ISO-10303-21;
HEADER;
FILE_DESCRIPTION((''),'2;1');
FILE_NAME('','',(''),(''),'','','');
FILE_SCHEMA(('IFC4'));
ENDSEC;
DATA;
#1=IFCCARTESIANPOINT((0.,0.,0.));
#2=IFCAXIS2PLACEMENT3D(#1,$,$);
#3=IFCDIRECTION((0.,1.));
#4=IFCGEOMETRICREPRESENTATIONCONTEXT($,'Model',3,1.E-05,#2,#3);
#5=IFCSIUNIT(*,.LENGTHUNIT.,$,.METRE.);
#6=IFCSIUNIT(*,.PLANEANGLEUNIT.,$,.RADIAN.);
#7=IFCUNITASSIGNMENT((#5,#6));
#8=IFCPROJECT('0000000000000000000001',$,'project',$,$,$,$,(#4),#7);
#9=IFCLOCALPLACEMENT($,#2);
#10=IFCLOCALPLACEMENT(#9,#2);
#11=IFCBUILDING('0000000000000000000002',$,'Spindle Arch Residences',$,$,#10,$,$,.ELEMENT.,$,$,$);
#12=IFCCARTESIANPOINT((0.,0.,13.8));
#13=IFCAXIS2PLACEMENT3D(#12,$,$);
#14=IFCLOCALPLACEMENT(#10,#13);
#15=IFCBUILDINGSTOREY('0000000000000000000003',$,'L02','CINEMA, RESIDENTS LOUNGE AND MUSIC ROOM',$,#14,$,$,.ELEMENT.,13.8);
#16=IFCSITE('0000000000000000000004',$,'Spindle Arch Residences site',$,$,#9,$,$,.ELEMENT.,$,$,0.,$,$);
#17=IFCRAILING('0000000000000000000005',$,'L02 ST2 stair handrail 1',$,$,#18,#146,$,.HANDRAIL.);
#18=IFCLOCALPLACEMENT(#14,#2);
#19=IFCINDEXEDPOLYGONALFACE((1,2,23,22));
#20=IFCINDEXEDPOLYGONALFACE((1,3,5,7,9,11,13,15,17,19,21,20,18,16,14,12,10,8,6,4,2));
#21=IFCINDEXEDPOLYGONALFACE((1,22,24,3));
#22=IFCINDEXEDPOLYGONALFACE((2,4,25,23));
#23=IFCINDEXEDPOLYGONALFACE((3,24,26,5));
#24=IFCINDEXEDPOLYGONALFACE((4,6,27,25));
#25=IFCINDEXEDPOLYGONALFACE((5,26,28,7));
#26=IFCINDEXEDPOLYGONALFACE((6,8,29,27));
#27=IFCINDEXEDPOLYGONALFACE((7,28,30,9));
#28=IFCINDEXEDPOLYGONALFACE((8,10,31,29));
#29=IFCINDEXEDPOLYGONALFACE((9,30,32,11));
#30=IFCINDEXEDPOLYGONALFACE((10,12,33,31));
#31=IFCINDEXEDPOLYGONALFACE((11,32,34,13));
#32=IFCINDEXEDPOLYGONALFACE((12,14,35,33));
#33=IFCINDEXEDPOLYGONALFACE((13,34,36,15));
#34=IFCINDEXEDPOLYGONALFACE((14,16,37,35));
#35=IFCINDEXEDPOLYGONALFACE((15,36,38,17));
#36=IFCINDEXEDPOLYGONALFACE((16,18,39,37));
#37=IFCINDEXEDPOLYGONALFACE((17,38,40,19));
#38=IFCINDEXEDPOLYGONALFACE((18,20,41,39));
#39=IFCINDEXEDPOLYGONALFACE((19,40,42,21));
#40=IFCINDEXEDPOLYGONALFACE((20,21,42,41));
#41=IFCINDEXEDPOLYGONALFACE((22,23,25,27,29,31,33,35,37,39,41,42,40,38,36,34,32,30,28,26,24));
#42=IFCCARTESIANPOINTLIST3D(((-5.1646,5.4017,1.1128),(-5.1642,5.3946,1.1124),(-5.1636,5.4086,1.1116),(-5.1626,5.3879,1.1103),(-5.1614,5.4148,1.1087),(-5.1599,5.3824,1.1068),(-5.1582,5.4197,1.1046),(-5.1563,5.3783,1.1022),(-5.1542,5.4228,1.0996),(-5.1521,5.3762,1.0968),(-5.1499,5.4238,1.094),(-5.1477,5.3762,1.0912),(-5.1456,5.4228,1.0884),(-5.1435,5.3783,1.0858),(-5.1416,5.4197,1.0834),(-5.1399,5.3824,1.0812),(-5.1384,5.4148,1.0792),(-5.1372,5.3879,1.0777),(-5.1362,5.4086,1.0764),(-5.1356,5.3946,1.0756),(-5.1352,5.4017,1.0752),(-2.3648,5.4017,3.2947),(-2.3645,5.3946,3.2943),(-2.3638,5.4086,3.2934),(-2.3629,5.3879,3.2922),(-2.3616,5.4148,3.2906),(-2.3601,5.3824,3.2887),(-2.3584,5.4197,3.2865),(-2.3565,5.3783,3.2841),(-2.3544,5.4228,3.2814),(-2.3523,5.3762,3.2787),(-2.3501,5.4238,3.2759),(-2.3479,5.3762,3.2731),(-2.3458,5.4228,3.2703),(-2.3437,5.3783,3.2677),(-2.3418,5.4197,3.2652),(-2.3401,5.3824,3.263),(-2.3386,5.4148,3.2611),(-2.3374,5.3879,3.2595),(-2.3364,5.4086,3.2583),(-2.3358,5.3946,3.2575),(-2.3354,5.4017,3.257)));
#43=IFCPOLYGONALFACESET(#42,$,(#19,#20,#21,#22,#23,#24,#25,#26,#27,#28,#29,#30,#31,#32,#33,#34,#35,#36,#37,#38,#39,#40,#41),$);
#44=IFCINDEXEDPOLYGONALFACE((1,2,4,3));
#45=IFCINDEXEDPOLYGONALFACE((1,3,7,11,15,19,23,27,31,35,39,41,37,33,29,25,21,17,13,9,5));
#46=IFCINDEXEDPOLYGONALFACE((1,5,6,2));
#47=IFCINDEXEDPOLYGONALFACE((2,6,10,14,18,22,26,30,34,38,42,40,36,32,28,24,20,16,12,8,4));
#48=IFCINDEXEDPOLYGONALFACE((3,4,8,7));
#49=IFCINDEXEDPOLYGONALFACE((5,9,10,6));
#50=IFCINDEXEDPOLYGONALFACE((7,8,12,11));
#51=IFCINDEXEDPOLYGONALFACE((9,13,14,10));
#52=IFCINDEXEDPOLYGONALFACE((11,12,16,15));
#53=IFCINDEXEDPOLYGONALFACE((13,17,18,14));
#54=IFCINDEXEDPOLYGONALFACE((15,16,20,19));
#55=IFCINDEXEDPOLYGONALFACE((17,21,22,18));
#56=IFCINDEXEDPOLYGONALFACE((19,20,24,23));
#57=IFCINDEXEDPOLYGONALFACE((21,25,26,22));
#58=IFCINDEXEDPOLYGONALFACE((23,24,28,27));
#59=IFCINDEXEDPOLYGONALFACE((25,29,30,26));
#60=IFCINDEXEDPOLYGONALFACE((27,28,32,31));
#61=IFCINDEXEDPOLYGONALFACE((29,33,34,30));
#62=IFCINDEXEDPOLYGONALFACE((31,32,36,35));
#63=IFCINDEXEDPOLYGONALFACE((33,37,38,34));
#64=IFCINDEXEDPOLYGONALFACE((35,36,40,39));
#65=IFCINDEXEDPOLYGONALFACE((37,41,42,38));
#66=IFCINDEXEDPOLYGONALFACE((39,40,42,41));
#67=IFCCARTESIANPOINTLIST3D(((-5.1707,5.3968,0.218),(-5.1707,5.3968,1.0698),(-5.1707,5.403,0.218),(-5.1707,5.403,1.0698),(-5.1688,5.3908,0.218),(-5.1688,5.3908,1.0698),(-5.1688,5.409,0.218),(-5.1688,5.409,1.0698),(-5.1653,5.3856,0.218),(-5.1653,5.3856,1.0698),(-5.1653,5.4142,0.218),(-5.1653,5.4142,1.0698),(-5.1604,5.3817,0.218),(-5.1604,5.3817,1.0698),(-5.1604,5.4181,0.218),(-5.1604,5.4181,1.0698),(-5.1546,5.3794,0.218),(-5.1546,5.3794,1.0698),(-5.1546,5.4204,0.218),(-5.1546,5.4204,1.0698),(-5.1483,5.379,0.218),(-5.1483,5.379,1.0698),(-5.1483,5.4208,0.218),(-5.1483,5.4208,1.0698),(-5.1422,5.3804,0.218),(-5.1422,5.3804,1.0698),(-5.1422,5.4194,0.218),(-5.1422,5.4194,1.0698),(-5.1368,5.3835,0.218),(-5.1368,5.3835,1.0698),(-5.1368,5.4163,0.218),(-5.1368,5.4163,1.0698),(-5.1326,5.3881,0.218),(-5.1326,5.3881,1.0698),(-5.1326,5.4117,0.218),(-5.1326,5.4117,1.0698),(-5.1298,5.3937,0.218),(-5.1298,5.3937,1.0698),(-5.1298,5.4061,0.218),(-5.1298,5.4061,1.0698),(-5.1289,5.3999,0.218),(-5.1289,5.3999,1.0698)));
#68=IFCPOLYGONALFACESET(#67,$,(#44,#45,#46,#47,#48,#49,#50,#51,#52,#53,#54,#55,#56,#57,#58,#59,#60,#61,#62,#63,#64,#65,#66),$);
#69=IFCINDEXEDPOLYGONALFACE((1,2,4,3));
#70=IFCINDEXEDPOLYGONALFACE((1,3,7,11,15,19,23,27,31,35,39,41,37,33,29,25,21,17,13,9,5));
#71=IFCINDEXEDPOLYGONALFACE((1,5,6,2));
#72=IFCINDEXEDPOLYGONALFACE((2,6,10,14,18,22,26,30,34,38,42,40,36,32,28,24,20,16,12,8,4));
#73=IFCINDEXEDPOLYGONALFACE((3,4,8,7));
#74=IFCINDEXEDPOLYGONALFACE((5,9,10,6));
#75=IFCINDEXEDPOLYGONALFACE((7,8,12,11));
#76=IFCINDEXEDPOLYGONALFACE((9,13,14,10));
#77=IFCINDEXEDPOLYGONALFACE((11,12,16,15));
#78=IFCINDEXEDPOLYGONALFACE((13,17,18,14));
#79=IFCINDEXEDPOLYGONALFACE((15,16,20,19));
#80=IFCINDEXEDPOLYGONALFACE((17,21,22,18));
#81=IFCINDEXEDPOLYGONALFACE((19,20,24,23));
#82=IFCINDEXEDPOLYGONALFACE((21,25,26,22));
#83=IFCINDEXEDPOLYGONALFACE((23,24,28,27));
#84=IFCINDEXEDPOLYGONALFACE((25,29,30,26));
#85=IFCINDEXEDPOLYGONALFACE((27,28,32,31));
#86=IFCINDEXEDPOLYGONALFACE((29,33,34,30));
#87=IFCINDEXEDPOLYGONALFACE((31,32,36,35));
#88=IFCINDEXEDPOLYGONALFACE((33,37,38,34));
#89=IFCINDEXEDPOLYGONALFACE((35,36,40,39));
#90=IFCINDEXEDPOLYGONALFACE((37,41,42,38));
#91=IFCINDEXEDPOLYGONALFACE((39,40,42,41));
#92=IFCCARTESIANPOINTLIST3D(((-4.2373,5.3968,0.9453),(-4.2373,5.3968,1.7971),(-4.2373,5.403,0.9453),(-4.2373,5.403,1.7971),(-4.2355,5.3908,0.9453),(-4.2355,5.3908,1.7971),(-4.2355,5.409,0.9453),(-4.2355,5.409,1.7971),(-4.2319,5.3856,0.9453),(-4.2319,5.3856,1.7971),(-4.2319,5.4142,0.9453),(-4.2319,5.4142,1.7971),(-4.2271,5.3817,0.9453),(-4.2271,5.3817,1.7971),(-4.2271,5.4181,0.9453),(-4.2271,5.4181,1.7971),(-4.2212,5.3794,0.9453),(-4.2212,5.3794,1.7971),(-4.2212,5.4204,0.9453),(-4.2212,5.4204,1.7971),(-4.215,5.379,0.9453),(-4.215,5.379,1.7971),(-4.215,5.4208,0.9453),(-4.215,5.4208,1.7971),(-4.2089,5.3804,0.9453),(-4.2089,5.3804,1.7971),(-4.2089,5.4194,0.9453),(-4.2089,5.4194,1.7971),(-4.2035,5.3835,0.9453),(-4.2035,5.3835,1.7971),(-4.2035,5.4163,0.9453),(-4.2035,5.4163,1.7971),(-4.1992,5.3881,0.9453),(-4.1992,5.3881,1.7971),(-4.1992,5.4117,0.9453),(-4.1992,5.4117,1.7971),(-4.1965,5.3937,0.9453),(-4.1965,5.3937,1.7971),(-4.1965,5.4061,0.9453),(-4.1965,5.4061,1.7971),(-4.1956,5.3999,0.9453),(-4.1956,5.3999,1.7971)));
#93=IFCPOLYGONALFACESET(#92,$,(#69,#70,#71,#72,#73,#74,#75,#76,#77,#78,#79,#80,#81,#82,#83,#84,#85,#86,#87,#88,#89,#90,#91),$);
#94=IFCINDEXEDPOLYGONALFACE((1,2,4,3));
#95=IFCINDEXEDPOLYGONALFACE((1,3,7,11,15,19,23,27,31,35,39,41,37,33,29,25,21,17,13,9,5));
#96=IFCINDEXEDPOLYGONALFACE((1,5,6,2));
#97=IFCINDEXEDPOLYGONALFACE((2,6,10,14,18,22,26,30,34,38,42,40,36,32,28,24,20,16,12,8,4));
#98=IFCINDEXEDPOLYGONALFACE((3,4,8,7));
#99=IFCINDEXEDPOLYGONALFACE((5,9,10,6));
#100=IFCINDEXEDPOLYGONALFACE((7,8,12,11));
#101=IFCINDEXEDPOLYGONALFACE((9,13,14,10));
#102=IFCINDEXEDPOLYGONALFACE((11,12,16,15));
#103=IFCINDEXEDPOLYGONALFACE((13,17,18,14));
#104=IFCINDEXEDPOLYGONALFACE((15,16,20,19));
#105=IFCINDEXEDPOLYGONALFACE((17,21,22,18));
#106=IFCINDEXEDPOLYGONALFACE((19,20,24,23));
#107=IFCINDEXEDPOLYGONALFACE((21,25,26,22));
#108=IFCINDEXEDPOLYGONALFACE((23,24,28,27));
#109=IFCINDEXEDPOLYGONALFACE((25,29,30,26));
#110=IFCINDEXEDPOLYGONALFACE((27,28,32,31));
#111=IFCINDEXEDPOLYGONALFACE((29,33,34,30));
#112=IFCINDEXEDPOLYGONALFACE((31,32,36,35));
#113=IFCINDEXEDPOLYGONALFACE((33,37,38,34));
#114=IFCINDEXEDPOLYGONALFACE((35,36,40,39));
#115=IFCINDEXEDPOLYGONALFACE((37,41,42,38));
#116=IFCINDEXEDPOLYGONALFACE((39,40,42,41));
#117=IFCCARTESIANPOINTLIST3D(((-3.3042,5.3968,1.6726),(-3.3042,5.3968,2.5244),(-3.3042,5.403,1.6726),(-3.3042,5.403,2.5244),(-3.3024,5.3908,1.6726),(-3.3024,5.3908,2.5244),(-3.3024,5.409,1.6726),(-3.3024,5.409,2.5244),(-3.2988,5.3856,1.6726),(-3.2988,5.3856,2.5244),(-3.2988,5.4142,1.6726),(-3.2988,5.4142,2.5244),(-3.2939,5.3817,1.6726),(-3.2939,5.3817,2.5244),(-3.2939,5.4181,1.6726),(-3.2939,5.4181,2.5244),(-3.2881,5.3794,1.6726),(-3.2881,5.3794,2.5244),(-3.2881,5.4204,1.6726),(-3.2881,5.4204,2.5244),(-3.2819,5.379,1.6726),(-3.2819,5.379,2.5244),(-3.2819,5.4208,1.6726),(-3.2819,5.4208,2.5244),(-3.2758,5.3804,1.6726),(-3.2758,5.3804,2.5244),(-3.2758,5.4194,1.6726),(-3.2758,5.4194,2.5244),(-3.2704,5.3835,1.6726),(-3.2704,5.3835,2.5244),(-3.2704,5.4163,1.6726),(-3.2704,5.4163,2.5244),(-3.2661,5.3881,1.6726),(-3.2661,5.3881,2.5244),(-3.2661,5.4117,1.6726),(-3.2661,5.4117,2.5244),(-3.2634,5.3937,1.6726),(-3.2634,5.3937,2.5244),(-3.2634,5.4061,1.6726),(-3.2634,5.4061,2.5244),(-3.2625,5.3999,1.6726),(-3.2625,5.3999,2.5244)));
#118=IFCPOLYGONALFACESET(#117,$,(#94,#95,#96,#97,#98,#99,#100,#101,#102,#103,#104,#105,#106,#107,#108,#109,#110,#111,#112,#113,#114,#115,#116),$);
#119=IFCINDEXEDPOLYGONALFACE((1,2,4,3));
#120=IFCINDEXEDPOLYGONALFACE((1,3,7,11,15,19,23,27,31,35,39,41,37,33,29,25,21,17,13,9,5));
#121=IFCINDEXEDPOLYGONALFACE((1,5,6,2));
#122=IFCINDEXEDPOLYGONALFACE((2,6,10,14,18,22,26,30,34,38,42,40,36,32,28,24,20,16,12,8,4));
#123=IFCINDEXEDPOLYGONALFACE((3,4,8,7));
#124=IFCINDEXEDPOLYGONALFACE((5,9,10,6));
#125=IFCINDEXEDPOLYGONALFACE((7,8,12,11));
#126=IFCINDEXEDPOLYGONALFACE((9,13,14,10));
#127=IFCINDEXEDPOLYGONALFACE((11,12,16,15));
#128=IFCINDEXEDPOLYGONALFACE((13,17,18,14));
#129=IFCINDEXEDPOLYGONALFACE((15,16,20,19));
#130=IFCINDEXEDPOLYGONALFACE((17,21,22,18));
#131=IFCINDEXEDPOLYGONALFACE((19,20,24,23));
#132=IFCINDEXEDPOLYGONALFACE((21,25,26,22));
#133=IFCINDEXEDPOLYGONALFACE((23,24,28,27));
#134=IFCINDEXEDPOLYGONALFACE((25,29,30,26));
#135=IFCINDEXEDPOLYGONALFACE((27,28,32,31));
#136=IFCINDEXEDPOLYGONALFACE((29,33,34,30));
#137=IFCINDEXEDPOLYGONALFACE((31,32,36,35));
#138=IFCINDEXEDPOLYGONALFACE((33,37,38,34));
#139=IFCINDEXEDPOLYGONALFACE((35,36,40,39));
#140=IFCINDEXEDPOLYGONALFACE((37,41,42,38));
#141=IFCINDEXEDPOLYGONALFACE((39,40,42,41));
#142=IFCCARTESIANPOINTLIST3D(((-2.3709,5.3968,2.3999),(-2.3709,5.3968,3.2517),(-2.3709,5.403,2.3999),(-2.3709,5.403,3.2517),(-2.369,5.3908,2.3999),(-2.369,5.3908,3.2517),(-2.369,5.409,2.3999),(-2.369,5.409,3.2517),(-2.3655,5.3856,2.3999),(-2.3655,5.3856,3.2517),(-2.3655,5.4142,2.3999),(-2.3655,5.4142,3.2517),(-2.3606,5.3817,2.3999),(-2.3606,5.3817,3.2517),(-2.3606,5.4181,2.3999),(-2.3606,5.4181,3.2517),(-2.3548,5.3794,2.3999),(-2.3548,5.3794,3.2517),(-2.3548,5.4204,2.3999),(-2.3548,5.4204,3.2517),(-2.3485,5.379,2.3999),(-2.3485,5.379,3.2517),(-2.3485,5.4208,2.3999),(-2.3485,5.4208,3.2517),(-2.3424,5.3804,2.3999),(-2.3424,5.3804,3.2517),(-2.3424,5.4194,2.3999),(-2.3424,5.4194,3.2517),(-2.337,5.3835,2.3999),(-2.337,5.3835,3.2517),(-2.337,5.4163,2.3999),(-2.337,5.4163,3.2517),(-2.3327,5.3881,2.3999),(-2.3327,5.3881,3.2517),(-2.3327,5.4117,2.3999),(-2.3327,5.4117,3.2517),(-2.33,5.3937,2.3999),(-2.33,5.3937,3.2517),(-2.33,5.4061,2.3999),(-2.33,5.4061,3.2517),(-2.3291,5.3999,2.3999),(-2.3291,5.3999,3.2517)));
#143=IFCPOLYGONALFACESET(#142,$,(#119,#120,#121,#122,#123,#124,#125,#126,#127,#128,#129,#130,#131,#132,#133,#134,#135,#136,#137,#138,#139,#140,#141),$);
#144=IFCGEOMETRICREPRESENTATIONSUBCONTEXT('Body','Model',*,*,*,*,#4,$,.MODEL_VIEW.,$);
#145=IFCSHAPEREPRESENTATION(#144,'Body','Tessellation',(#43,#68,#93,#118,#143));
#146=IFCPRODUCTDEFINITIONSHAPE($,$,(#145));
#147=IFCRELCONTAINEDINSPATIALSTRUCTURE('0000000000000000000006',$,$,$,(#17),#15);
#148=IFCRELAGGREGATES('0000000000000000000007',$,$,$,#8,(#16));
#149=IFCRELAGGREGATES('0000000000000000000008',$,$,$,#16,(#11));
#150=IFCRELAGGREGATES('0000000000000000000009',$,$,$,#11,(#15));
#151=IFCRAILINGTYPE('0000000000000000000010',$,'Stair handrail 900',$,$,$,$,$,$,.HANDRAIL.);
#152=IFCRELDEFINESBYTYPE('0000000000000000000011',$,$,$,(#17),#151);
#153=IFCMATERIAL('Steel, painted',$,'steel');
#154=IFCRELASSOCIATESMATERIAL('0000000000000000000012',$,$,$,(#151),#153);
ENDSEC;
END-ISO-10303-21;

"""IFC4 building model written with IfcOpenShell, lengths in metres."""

from ifc_helpers import new_model, si_unit, direction, frame, origin, origin_2d, place, context, subcontext, project, spatial, circle, extrude, material, type_object, element, save


model = new_model("IFC4")

# Units and contexts
model_context = context("Model", 3, precision=1e-05, world=origin(), true_north=direction((0.0, 1.0)))
body_context = subcontext(model_context, "Body", "Model", "MODEL_VIEW")
ifc_project = project(units=[si_unit("LENGTHUNIT", "METRE"), si_unit("PLANEANGLEUNIT", "RADIAN")], contexts=[model_context])

# Site, building, storey
site_placement = place(None, origin())
site = spatial("IfcSite", under=ifc_project, at=site_placement, Name="Spindle Arch Residences site", CompositionType="ELEMENT", RefElevation=0.0)
building_placement = place(site_placement, origin())
building = spatial("IfcBuilding", under=site, at=building_placement, Name="Spindle Arch Residences", CompositionType="ELEMENT")
storey_placement = place(building_placement, frame((0.0, 0.0, 13.8)))
storey = spatial("IfcBuildingStorey", under=building, at=storey_placement, Name="L02", Description="CINEMA, RESIDENTS LOUNGE AND MUSIC ROOM", CompositionType="ELEMENT", Elevation=13.8)

# Railing
ifc_material_1 = material(Name="Steel, painted", Category="steel")
railing_type_1 = type_object("IfcRailingType", Name="Stair handrail 900", PredefinedType="HANDRAIL", material=ifc_material_1)
railing_1_placement = place(storey_placement, frame((-5.1499, 5.3999, 0.218)))
element("IfcRailing", 1, at=railing_1_placement, inside=storey, type_object=railing_type_1, Name="L02 ST2 stair handrail 1", PredefinedType="HANDRAIL", context=body_context, shape_type="SweptSolid", body=[
    extrude(circle(Radius=0.0239, at=origin_2d()), frame((0.0, 0.0, 0.876), z_axis=(0.78877, 0.0, 0.614688), x_axis=(0.0, 1.0, 0.0)), (0.0, 0.0, 1.0), 3.5496),
    extrude(circle(Radius=0.021, at=origin_2d()), origin(), (0.0, 0.0, 1.0), 0.8518),
    extrude(circle(Radius=0.021, at=origin_2d()), frame((0.9333, 0.0, 0.7273)), (0.0, 0.0, 1.0), 0.8518),
    extrude(circle(Radius=0.021, at=origin_2d()), frame((1.8665, 0.0, 1.4546)), (0.0, 0.0, 1.0), 0.8518),
    extrude(circle(Radius=0.021, at=origin_2d()), frame((2.7998, 0.0, 2.1819)), (0.0, 0.0, 1.0), 0.8518),
])

save(model, "model.ifc")
